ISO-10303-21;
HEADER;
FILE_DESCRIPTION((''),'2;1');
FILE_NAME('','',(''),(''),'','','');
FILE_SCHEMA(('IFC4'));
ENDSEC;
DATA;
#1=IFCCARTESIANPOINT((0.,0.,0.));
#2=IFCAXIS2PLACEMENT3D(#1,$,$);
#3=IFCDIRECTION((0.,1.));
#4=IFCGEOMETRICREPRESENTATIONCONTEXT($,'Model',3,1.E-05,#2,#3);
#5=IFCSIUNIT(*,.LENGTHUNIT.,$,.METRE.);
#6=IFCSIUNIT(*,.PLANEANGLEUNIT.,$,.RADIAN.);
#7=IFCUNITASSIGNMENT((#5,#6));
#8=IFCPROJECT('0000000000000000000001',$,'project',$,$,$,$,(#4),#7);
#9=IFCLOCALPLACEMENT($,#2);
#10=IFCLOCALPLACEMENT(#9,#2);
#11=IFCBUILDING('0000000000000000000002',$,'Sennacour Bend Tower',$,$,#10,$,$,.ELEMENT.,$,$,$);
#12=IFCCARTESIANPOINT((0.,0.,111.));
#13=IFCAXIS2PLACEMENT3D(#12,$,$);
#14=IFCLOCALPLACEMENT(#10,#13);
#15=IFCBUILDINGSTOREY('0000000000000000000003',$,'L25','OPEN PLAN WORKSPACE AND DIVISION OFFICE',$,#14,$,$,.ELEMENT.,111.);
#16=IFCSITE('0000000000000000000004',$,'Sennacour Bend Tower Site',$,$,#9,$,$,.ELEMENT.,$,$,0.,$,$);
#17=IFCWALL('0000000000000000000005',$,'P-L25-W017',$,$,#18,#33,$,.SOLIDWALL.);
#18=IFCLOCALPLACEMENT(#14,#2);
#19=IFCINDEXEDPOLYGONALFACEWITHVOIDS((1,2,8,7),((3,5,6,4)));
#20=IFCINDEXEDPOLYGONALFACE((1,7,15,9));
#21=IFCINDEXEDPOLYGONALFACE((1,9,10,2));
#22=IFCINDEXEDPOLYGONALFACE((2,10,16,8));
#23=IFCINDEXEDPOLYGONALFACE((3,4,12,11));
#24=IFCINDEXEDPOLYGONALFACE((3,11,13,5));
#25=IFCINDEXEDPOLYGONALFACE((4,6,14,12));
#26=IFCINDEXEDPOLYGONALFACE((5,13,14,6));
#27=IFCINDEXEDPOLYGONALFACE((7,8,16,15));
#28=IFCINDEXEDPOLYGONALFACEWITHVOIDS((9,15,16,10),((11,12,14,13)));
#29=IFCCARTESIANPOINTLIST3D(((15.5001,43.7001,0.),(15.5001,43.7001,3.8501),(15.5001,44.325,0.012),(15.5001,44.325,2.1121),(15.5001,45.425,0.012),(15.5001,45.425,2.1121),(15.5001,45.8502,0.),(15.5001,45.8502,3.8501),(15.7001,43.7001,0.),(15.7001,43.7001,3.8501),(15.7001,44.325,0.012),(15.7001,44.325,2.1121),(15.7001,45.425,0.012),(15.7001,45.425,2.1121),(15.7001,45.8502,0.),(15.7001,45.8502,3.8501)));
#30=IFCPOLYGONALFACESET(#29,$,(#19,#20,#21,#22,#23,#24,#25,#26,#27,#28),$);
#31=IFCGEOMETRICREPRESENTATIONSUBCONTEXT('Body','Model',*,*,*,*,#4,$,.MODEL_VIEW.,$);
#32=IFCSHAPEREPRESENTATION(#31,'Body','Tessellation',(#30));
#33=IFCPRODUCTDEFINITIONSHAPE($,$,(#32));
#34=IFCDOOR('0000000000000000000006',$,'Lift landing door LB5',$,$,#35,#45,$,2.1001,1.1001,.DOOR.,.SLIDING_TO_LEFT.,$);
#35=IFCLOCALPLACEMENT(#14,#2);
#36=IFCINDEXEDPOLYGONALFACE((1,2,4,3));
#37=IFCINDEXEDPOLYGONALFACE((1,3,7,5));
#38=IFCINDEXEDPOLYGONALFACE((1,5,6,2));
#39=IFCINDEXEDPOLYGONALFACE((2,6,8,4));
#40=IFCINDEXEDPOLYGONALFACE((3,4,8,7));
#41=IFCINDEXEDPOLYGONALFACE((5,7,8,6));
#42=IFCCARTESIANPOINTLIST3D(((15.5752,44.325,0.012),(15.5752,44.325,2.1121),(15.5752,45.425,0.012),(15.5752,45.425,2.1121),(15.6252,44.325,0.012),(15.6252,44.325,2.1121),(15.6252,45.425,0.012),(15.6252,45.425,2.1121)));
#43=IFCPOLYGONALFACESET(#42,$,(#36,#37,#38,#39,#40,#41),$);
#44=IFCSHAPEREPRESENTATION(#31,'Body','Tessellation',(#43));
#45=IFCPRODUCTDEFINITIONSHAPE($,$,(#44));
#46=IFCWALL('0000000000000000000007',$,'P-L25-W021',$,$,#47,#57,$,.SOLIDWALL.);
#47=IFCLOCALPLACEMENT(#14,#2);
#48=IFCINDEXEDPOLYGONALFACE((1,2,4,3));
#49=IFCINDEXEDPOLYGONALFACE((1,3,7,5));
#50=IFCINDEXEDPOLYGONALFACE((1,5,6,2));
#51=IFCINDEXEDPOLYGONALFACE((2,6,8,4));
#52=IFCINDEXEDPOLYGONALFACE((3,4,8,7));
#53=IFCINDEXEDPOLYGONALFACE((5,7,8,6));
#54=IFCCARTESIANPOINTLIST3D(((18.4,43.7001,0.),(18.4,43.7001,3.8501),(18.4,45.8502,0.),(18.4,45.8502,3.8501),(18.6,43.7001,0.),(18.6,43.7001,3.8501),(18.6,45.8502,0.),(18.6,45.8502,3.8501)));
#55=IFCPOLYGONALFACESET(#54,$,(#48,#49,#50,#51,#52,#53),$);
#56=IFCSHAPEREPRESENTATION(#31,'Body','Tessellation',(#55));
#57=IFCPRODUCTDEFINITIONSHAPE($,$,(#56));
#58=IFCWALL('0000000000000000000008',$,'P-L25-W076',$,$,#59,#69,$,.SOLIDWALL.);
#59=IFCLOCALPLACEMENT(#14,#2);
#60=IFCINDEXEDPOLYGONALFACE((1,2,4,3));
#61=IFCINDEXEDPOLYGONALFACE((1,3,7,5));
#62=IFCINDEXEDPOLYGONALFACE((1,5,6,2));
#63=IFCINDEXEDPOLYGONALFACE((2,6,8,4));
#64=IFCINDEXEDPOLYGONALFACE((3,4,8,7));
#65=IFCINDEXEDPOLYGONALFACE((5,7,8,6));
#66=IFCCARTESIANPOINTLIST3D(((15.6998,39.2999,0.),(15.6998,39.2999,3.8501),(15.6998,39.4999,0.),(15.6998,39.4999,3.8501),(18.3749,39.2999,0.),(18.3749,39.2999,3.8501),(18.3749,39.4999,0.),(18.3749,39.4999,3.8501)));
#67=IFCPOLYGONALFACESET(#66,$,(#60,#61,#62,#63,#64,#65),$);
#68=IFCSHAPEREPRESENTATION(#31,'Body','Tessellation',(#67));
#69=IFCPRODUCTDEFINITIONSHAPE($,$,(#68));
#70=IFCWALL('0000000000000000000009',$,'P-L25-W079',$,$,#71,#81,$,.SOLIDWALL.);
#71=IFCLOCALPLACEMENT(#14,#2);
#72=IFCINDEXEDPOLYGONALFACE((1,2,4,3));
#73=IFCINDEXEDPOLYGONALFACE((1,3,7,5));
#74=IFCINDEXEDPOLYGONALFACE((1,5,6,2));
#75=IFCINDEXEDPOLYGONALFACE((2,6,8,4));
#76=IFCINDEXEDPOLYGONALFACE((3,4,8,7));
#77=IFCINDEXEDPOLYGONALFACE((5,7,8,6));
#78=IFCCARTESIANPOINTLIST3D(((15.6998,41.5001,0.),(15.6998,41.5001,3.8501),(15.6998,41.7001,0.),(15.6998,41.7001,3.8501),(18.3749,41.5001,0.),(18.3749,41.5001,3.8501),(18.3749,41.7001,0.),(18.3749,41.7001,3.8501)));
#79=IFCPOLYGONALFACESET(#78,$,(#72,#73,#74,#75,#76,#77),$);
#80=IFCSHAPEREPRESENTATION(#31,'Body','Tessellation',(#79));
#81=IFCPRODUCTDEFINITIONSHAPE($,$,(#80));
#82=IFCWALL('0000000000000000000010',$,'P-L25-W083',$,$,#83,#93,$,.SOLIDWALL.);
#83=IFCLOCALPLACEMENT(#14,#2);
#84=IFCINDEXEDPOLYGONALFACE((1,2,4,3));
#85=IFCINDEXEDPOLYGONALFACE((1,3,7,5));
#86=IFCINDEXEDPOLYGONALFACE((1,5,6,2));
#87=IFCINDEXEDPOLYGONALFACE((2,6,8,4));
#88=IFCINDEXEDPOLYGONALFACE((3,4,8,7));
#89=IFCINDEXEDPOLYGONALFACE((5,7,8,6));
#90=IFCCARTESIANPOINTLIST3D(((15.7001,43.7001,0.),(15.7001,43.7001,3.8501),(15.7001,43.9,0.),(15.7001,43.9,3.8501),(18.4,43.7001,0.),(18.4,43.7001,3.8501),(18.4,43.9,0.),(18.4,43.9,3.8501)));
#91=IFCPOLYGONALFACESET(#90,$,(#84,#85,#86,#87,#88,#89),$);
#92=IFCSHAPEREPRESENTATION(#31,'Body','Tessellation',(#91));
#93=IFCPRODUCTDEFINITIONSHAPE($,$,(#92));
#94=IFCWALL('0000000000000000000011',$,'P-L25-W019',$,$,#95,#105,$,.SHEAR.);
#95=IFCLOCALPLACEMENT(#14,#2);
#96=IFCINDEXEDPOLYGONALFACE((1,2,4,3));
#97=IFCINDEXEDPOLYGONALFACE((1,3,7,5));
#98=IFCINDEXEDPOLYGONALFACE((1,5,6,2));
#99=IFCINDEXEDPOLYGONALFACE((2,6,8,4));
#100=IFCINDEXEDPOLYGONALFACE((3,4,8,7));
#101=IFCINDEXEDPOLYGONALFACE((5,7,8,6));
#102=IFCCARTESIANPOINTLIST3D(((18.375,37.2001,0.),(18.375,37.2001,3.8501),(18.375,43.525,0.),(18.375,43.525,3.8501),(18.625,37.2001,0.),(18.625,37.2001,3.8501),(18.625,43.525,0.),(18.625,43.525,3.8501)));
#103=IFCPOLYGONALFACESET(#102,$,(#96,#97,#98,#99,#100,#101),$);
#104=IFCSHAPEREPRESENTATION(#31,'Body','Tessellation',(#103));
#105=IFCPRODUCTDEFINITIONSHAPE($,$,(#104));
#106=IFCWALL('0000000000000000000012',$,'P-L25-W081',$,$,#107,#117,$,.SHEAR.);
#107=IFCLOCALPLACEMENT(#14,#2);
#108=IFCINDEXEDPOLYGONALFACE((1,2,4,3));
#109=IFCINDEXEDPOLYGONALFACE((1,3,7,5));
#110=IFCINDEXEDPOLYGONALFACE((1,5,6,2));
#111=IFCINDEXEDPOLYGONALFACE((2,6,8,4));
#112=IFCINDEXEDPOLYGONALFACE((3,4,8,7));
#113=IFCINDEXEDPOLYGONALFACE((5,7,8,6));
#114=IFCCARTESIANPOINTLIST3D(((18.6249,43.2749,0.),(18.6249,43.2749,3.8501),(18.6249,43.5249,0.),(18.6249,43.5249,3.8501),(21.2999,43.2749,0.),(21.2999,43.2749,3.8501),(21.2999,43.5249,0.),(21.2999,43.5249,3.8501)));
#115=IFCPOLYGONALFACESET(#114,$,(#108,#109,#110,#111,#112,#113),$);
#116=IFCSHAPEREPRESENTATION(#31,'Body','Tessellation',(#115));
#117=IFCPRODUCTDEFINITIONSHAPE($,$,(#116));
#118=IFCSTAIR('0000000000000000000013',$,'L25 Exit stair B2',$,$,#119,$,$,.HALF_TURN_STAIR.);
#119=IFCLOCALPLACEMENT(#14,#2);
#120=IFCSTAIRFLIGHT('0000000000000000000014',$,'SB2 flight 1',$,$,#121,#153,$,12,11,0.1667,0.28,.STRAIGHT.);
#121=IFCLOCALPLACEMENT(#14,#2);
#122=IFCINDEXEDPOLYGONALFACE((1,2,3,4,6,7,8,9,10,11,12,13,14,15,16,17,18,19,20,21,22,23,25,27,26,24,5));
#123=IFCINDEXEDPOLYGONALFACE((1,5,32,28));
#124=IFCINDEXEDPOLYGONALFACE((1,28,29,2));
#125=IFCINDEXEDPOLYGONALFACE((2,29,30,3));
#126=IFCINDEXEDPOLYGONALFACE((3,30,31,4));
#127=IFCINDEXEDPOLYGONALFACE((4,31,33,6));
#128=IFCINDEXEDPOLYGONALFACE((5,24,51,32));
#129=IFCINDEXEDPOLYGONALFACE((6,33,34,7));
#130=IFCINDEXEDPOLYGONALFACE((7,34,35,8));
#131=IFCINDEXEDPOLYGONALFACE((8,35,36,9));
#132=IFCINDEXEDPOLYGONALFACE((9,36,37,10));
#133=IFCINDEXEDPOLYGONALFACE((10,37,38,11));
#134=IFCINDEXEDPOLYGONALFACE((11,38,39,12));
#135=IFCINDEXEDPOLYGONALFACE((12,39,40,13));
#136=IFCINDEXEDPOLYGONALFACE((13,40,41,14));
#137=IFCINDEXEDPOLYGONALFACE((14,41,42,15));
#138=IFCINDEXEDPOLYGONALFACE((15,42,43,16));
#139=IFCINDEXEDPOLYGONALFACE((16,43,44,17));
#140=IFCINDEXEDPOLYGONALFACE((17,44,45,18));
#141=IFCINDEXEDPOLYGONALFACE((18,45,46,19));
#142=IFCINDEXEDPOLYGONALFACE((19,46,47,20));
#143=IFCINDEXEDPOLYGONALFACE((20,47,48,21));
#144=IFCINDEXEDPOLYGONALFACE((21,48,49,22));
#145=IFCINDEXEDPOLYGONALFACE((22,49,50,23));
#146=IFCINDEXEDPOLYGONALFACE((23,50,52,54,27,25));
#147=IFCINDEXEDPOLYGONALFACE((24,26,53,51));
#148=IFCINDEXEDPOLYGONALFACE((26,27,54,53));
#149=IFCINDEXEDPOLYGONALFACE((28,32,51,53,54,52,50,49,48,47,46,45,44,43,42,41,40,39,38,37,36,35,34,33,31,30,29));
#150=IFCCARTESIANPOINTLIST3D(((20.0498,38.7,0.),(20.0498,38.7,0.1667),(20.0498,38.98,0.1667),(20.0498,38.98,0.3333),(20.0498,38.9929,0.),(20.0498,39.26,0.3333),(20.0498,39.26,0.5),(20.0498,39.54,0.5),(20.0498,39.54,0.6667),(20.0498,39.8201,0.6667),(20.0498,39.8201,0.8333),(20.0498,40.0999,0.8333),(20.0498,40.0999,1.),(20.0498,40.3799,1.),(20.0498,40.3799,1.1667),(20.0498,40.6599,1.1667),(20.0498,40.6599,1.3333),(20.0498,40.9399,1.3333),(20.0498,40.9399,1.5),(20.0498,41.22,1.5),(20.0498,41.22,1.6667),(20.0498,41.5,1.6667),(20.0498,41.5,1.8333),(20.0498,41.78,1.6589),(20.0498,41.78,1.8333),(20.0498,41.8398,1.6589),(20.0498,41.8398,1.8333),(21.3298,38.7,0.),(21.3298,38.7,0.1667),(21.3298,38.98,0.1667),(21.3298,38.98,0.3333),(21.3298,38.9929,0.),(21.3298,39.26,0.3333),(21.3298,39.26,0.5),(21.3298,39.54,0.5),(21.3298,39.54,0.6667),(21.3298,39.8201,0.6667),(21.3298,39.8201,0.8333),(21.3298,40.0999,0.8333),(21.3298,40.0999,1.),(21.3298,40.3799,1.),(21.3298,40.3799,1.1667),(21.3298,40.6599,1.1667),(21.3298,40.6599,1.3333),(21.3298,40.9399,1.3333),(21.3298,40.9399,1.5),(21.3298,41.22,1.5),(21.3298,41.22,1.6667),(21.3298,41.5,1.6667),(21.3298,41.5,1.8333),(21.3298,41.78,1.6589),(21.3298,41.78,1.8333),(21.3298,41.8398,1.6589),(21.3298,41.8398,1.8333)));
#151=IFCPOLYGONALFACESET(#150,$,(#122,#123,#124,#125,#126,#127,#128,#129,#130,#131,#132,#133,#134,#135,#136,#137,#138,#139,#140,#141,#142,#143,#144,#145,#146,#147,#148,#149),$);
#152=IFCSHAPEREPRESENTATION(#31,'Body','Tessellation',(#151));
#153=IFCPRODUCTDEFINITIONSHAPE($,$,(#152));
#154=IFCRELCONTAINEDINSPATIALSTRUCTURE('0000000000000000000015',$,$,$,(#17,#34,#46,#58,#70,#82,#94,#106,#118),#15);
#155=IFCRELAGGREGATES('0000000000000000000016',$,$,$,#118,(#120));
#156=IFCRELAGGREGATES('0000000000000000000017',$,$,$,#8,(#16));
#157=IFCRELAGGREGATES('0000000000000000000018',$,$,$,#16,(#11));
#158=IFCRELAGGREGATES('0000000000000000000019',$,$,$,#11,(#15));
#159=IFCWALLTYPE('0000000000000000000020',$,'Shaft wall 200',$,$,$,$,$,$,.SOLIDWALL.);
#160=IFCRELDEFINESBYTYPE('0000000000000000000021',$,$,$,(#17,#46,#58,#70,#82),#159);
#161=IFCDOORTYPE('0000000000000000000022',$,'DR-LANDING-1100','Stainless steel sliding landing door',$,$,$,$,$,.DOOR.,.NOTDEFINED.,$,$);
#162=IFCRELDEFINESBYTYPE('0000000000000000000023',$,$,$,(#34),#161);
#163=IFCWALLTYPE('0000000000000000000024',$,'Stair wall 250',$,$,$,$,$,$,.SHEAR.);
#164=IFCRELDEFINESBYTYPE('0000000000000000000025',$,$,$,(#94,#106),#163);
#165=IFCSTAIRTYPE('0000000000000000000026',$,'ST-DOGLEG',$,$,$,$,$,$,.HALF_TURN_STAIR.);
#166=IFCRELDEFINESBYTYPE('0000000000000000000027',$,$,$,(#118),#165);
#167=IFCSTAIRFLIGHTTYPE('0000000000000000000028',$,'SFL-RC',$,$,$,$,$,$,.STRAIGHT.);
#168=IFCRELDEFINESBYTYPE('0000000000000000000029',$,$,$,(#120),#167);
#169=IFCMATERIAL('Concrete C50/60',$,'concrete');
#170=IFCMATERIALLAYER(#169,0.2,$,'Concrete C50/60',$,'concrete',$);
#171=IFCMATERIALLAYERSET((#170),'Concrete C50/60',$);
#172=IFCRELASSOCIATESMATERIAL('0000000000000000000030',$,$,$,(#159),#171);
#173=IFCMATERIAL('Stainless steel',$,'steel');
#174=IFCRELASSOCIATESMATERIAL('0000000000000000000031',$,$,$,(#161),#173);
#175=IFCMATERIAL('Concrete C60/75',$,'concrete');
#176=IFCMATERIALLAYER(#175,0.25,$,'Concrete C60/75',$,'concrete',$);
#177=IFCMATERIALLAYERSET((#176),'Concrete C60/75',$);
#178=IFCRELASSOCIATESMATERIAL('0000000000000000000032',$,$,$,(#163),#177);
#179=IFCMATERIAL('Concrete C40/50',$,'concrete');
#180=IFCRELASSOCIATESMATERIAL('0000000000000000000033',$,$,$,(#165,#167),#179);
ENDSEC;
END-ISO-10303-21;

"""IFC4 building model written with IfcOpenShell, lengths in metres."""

from ifc_helpers import new_model, si_unit, direction, frame, frame_2d, origin, place, context, subcontext, project, spatial, polyline, rectangle, outline, extrude, material, layer, layer_set, type_object, element, fill, aggregate, save


model = new_model("IFC4")

# Units and contexts
model_context = context("Model", 3, precision=1e-05, world=origin(), true_north=direction((0.0, 1.0)))
body_context = subcontext(model_context, "Body", "Model", "MODEL_VIEW")
ifc_project = project(units=[si_unit("LENGTHUNIT", "METRE"), si_unit("PLANEANGLEUNIT", "RADIAN")], contexts=[model_context])

# Site, building, storey
site_placement = place(None, origin())
site = spatial("IfcSite", under=ifc_project, at=site_placement, Name="Sennacour Bend Tower Site", CompositionType="ELEMENT", RefElevation=0.0)
building_placement = place(site_placement, origin())
building = spatial("IfcBuilding", under=site, at=building_placement, Name="Sennacour Bend Tower", CompositionType="ELEMENT")
storey_placement = place(building_placement, frame((0.0, 0.0, 111.0)))
storey = spatial("IfcBuildingStorey", under=building, at=storey_placement, Name="L25", Description="OPEN PLAN WORKSPACE AND DIVISION OFFICE", CompositionType="ELEMENT", Elevation=111.0)

# Shared definitions
ifc_material_1 = material(Name="Concrete C50/60", Category="concrete")
ifc_layer_1 = layer(ifc_material_1, 0.2, Name="Concrete C50/60", Category="concrete")
ifc_layer_set_1 = layer_set([ifc_layer_1], Name="Concrete C50/60")
wall_type_1 = type_object("IfcWallType", Name="Shaft wall 200", PredefinedType="SOLIDWALL", material=ifc_layer_set_1)
ifc_material_2 = material(Name="Stainless steel", Category="steel")

# Wall, opening, door
wall_1_placement = place(storey_placement, frame((15.6001, 43.7, 0.0), z_axis=(0.0, 0.0, 1.0), x_axis=(0.0, 1.0, 0.0)))
wall_1 = element("IfcWall", 1, at=wall_1_placement, inside=storey, type_object=wall_type_1, Name="P-L25-W017", PredefinedType="SOLIDWALL", context=body_context, shape_type="SweptSolid", body=[
    extrude(rectangle(XDim=2.1501, YDim=0.2, at=frame_2d((1.0752, 0.0))), origin(), (0.0, 0.0, 1.0), 3.8501),
])
opening_1_placement = place(wall_1_placement, frame((0.625, 0.0, 0.012)))
opening_1 = element("IfcOpeningElement", 2, at=opening_1_placement, cuts=wall_1, PredefinedType="OPENING", context=body_context, shape_type="SweptSolid", body=[
    extrude(rectangle(XDim=1.1001, YDim=2.1001, at=frame_2d((0.55, 1.05))), frame((0.0, 0.1099, 0.0), z_axis=(0.0, -1.0, 0.0), x_axis=(1.0, 0.0, 0.0)), (0.0, 0.0, 1.0), 0.22),
])
door_type_1 = type_object("IfcDoorType", Name="DR-LANDING-1100", Description="Stainless steel sliding landing door", OperationType="NOTDEFINED", PredefinedType="DOOR", material=ifc_material_2)
door_1_placement = place(opening_1_placement, origin())
door_1 = element("IfcDoor", 3, at=door_1_placement, inside=storey, type_object=door_type_1, Name="Lift landing door LB5", OperationType="SLIDING_TO_LEFT", OverallHeight=2.1001, OverallWidth=1.1001, PredefinedType="DOOR", context=body_context, shape_type="SweptSolid", body=[
    extrude(rectangle(XDim=1.1001, YDim=2.1001, at=frame_2d((0.55, 1.05))), frame((0.0, 0.0249, 0.0), z_axis=(0.0, -1.0, 0.0), x_axis=(1.0, 0.0, 0.0)), (0.0, 0.0, 1.0), 0.05),
])
fill(opening_1, door_1)

# Walls
wall_2_placement = place(storey_placement, frame((18.5, 43.7, 0.0), z_axis=(0.0, 0.0, 1.0), x_axis=(0.0, 1.0, 0.0)))
element("IfcWall", 4, at=wall_2_placement, inside=storey, type_object=wall_type_1, Name="P-L25-W021", PredefinedType="SOLIDWALL", context=body_context, shape_type="SweptSolid", body=[
    extrude(rectangle(XDim=2.1501, YDim=0.2, at=frame_2d((1.0752, 0.0))), origin(), (0.0, 0.0, 1.0), 3.8501),
])
for number, where, z_axis, x_axis, name in (
    (5, (15.7, 39.3999, 0.0), (0.0, 0.0, 1.0), (1.0, 0.0, 0.0), "P-L25-W076"),
    (6, (15.7, 41.6001, 0.0), (0.0, 0.0, 1.0), (1.0, 0.0, 0.0), "P-L25-W079"),
):
    element("IfcWall", number, at=place(storey_placement, frame(where, z_axis=z_axis, x_axis=x_axis)), inside=storey, type_object=wall_type_1, Name=name, PredefinedType="SOLIDWALL", context=body_context, shape_type="SweptSolid", body=[
        extrude(rectangle(XDim=2.675, YDim=0.2, at=frame_2d((1.3374, 0.0))), origin(), (0.0, 0.0, 1.0), 3.8501),
    ])
wall_3_placement = place(storey_placement, frame((15.7, 43.8, 0.0), z_axis=(0.0, 0.0, 1.0), x_axis=(1.0, 0.0, 0.0)))
element("IfcWall", 7, at=wall_3_placement, inside=storey, type_object=wall_type_1, Name="P-L25-W083", PredefinedType="SOLIDWALL", context=body_context, shape_type="SweptSolid", body=[
    extrude(rectangle(XDim=2.7, YDim=0.2, at=frame_2d((1.3501, 0.0))), origin(), (0.0, 0.0, 1.0), 3.8501),
])
ifc_material_3 = material(Name="Concrete C60/75", Category="concrete")
ifc_layer_2 = layer(ifc_material_3, 0.25, Name="Concrete C60/75", Category="concrete")
ifc_layer_set_2 = layer_set([ifc_layer_2], Name="Concrete C60/75")
wall_type_2 = type_object("IfcWallType", Name="Stair wall 250", PredefinedType="SHEAR", material=ifc_layer_set_2)
wall_4_placement = place(storey_placement, frame((18.5, 37.2, 0.0), z_axis=(0.0, 0.0, 1.0), x_axis=(0.0, 1.0, 0.0)))
element("IfcWall", 8, at=wall_4_placement, inside=storey, type_object=wall_type_2, Name="P-L25-W019", PredefinedType="SHEAR", context=body_context, shape_type="SweptSolid", body=[
    extrude(rectangle(XDim=6.325, YDim=0.25, at=frame_2d((3.1626, 0.0))), origin(), (0.0, 0.0, 1.0), 3.8501),
])
wall_5_placement = place(storey_placement, frame((18.625, 43.3999, 0.0), z_axis=(0.0, 0.0, 1.0), x_axis=(1.0, 0.0, 0.0)))
element("IfcWall", 9, at=wall_5_placement, inside=storey, type_object=wall_type_2, Name="P-L25-W081", PredefinedType="SHEAR", context=body_context, shape_type="SweptSolid", body=[
    extrude(rectangle(XDim=2.675, YDim=0.25, at=frame_2d((1.3374, 0.0))), origin(), (0.0, 0.0, 1.0), 3.8501),
])

# Stair, stair flight
ifc_material_4 = material(Name="Concrete C40/50", Category="concrete")
stair_type = type_object("IfcStairType", Name="ST-DOGLEG", PredefinedType="HALF_TURN_STAIR", material=ifc_material_4)
stair_placement = place(storey_placement, origin())
stair = element("IfcStair", 10, at=stair_placement, inside=storey, type_object=stair_type, Name="L25 Exit stair B2", PredefinedType="HALF_TURN_STAIR")
stair_flight_type = type_object("IfcStairFlightType", Name="SFL-RC", PredefinedType="STRAIGHT", material=ifc_material_4)
stair_flight_1_placement = place(storey_placement, frame((20.6899, 38.7, 0.0), z_axis=(0.0, 0.0, 1.0), x_axis=(0.0, 1.0, 0.0)))
stair_flight_1 = element("IfcStairFlight", 11, at=stair_flight_1_placement, type_object=stair_flight_type, Name="SB2 flight 1", NumberOfRisers=12, NumberOfTreads=11, PredefinedType="STRAIGHT", RiserHeight=0.1667, TreadLength=0.28, context=body_context, shape_type="SweptSolid", body=[
    extrude(outline(polyline([(0.0, 0.0), (0.0, 0.1667), (0.28, 0.1667), (0.28, 0.3333), (0.5601, 0.3333), (0.5601, 0.5), (0.8401, 0.5), (0.8401, 0.6667), (1.1201, 0.6667), (1.1201, 0.8333), (1.3999, 0.8333), (1.3999, 1.0), (1.6799, 1.0), (1.6799, 1.1667), (1.96, 1.1667), (1.96, 1.3333), (2.24, 1.3333), (2.24, 1.5), (2.52, 1.5), (2.52, 1.6667), (2.8, 1.6667), (2.8, 1.8333), (3.0801, 1.8333), (3.1399, 1.8333), (3.1399, 1.6589), (3.0801, 1.6589), (0.293, 0.0), (0.0, 0.0)])), frame((0.0, 0.6401, 0.0), z_axis=(0.0, -1.0, 0.0), x_axis=(1.0, 0.0, 0.0)), (0.0, 0.0, 1.0), 1.28),
])
aggregate(stair, [stair_flight_1])

save(model, "model.ifc")
